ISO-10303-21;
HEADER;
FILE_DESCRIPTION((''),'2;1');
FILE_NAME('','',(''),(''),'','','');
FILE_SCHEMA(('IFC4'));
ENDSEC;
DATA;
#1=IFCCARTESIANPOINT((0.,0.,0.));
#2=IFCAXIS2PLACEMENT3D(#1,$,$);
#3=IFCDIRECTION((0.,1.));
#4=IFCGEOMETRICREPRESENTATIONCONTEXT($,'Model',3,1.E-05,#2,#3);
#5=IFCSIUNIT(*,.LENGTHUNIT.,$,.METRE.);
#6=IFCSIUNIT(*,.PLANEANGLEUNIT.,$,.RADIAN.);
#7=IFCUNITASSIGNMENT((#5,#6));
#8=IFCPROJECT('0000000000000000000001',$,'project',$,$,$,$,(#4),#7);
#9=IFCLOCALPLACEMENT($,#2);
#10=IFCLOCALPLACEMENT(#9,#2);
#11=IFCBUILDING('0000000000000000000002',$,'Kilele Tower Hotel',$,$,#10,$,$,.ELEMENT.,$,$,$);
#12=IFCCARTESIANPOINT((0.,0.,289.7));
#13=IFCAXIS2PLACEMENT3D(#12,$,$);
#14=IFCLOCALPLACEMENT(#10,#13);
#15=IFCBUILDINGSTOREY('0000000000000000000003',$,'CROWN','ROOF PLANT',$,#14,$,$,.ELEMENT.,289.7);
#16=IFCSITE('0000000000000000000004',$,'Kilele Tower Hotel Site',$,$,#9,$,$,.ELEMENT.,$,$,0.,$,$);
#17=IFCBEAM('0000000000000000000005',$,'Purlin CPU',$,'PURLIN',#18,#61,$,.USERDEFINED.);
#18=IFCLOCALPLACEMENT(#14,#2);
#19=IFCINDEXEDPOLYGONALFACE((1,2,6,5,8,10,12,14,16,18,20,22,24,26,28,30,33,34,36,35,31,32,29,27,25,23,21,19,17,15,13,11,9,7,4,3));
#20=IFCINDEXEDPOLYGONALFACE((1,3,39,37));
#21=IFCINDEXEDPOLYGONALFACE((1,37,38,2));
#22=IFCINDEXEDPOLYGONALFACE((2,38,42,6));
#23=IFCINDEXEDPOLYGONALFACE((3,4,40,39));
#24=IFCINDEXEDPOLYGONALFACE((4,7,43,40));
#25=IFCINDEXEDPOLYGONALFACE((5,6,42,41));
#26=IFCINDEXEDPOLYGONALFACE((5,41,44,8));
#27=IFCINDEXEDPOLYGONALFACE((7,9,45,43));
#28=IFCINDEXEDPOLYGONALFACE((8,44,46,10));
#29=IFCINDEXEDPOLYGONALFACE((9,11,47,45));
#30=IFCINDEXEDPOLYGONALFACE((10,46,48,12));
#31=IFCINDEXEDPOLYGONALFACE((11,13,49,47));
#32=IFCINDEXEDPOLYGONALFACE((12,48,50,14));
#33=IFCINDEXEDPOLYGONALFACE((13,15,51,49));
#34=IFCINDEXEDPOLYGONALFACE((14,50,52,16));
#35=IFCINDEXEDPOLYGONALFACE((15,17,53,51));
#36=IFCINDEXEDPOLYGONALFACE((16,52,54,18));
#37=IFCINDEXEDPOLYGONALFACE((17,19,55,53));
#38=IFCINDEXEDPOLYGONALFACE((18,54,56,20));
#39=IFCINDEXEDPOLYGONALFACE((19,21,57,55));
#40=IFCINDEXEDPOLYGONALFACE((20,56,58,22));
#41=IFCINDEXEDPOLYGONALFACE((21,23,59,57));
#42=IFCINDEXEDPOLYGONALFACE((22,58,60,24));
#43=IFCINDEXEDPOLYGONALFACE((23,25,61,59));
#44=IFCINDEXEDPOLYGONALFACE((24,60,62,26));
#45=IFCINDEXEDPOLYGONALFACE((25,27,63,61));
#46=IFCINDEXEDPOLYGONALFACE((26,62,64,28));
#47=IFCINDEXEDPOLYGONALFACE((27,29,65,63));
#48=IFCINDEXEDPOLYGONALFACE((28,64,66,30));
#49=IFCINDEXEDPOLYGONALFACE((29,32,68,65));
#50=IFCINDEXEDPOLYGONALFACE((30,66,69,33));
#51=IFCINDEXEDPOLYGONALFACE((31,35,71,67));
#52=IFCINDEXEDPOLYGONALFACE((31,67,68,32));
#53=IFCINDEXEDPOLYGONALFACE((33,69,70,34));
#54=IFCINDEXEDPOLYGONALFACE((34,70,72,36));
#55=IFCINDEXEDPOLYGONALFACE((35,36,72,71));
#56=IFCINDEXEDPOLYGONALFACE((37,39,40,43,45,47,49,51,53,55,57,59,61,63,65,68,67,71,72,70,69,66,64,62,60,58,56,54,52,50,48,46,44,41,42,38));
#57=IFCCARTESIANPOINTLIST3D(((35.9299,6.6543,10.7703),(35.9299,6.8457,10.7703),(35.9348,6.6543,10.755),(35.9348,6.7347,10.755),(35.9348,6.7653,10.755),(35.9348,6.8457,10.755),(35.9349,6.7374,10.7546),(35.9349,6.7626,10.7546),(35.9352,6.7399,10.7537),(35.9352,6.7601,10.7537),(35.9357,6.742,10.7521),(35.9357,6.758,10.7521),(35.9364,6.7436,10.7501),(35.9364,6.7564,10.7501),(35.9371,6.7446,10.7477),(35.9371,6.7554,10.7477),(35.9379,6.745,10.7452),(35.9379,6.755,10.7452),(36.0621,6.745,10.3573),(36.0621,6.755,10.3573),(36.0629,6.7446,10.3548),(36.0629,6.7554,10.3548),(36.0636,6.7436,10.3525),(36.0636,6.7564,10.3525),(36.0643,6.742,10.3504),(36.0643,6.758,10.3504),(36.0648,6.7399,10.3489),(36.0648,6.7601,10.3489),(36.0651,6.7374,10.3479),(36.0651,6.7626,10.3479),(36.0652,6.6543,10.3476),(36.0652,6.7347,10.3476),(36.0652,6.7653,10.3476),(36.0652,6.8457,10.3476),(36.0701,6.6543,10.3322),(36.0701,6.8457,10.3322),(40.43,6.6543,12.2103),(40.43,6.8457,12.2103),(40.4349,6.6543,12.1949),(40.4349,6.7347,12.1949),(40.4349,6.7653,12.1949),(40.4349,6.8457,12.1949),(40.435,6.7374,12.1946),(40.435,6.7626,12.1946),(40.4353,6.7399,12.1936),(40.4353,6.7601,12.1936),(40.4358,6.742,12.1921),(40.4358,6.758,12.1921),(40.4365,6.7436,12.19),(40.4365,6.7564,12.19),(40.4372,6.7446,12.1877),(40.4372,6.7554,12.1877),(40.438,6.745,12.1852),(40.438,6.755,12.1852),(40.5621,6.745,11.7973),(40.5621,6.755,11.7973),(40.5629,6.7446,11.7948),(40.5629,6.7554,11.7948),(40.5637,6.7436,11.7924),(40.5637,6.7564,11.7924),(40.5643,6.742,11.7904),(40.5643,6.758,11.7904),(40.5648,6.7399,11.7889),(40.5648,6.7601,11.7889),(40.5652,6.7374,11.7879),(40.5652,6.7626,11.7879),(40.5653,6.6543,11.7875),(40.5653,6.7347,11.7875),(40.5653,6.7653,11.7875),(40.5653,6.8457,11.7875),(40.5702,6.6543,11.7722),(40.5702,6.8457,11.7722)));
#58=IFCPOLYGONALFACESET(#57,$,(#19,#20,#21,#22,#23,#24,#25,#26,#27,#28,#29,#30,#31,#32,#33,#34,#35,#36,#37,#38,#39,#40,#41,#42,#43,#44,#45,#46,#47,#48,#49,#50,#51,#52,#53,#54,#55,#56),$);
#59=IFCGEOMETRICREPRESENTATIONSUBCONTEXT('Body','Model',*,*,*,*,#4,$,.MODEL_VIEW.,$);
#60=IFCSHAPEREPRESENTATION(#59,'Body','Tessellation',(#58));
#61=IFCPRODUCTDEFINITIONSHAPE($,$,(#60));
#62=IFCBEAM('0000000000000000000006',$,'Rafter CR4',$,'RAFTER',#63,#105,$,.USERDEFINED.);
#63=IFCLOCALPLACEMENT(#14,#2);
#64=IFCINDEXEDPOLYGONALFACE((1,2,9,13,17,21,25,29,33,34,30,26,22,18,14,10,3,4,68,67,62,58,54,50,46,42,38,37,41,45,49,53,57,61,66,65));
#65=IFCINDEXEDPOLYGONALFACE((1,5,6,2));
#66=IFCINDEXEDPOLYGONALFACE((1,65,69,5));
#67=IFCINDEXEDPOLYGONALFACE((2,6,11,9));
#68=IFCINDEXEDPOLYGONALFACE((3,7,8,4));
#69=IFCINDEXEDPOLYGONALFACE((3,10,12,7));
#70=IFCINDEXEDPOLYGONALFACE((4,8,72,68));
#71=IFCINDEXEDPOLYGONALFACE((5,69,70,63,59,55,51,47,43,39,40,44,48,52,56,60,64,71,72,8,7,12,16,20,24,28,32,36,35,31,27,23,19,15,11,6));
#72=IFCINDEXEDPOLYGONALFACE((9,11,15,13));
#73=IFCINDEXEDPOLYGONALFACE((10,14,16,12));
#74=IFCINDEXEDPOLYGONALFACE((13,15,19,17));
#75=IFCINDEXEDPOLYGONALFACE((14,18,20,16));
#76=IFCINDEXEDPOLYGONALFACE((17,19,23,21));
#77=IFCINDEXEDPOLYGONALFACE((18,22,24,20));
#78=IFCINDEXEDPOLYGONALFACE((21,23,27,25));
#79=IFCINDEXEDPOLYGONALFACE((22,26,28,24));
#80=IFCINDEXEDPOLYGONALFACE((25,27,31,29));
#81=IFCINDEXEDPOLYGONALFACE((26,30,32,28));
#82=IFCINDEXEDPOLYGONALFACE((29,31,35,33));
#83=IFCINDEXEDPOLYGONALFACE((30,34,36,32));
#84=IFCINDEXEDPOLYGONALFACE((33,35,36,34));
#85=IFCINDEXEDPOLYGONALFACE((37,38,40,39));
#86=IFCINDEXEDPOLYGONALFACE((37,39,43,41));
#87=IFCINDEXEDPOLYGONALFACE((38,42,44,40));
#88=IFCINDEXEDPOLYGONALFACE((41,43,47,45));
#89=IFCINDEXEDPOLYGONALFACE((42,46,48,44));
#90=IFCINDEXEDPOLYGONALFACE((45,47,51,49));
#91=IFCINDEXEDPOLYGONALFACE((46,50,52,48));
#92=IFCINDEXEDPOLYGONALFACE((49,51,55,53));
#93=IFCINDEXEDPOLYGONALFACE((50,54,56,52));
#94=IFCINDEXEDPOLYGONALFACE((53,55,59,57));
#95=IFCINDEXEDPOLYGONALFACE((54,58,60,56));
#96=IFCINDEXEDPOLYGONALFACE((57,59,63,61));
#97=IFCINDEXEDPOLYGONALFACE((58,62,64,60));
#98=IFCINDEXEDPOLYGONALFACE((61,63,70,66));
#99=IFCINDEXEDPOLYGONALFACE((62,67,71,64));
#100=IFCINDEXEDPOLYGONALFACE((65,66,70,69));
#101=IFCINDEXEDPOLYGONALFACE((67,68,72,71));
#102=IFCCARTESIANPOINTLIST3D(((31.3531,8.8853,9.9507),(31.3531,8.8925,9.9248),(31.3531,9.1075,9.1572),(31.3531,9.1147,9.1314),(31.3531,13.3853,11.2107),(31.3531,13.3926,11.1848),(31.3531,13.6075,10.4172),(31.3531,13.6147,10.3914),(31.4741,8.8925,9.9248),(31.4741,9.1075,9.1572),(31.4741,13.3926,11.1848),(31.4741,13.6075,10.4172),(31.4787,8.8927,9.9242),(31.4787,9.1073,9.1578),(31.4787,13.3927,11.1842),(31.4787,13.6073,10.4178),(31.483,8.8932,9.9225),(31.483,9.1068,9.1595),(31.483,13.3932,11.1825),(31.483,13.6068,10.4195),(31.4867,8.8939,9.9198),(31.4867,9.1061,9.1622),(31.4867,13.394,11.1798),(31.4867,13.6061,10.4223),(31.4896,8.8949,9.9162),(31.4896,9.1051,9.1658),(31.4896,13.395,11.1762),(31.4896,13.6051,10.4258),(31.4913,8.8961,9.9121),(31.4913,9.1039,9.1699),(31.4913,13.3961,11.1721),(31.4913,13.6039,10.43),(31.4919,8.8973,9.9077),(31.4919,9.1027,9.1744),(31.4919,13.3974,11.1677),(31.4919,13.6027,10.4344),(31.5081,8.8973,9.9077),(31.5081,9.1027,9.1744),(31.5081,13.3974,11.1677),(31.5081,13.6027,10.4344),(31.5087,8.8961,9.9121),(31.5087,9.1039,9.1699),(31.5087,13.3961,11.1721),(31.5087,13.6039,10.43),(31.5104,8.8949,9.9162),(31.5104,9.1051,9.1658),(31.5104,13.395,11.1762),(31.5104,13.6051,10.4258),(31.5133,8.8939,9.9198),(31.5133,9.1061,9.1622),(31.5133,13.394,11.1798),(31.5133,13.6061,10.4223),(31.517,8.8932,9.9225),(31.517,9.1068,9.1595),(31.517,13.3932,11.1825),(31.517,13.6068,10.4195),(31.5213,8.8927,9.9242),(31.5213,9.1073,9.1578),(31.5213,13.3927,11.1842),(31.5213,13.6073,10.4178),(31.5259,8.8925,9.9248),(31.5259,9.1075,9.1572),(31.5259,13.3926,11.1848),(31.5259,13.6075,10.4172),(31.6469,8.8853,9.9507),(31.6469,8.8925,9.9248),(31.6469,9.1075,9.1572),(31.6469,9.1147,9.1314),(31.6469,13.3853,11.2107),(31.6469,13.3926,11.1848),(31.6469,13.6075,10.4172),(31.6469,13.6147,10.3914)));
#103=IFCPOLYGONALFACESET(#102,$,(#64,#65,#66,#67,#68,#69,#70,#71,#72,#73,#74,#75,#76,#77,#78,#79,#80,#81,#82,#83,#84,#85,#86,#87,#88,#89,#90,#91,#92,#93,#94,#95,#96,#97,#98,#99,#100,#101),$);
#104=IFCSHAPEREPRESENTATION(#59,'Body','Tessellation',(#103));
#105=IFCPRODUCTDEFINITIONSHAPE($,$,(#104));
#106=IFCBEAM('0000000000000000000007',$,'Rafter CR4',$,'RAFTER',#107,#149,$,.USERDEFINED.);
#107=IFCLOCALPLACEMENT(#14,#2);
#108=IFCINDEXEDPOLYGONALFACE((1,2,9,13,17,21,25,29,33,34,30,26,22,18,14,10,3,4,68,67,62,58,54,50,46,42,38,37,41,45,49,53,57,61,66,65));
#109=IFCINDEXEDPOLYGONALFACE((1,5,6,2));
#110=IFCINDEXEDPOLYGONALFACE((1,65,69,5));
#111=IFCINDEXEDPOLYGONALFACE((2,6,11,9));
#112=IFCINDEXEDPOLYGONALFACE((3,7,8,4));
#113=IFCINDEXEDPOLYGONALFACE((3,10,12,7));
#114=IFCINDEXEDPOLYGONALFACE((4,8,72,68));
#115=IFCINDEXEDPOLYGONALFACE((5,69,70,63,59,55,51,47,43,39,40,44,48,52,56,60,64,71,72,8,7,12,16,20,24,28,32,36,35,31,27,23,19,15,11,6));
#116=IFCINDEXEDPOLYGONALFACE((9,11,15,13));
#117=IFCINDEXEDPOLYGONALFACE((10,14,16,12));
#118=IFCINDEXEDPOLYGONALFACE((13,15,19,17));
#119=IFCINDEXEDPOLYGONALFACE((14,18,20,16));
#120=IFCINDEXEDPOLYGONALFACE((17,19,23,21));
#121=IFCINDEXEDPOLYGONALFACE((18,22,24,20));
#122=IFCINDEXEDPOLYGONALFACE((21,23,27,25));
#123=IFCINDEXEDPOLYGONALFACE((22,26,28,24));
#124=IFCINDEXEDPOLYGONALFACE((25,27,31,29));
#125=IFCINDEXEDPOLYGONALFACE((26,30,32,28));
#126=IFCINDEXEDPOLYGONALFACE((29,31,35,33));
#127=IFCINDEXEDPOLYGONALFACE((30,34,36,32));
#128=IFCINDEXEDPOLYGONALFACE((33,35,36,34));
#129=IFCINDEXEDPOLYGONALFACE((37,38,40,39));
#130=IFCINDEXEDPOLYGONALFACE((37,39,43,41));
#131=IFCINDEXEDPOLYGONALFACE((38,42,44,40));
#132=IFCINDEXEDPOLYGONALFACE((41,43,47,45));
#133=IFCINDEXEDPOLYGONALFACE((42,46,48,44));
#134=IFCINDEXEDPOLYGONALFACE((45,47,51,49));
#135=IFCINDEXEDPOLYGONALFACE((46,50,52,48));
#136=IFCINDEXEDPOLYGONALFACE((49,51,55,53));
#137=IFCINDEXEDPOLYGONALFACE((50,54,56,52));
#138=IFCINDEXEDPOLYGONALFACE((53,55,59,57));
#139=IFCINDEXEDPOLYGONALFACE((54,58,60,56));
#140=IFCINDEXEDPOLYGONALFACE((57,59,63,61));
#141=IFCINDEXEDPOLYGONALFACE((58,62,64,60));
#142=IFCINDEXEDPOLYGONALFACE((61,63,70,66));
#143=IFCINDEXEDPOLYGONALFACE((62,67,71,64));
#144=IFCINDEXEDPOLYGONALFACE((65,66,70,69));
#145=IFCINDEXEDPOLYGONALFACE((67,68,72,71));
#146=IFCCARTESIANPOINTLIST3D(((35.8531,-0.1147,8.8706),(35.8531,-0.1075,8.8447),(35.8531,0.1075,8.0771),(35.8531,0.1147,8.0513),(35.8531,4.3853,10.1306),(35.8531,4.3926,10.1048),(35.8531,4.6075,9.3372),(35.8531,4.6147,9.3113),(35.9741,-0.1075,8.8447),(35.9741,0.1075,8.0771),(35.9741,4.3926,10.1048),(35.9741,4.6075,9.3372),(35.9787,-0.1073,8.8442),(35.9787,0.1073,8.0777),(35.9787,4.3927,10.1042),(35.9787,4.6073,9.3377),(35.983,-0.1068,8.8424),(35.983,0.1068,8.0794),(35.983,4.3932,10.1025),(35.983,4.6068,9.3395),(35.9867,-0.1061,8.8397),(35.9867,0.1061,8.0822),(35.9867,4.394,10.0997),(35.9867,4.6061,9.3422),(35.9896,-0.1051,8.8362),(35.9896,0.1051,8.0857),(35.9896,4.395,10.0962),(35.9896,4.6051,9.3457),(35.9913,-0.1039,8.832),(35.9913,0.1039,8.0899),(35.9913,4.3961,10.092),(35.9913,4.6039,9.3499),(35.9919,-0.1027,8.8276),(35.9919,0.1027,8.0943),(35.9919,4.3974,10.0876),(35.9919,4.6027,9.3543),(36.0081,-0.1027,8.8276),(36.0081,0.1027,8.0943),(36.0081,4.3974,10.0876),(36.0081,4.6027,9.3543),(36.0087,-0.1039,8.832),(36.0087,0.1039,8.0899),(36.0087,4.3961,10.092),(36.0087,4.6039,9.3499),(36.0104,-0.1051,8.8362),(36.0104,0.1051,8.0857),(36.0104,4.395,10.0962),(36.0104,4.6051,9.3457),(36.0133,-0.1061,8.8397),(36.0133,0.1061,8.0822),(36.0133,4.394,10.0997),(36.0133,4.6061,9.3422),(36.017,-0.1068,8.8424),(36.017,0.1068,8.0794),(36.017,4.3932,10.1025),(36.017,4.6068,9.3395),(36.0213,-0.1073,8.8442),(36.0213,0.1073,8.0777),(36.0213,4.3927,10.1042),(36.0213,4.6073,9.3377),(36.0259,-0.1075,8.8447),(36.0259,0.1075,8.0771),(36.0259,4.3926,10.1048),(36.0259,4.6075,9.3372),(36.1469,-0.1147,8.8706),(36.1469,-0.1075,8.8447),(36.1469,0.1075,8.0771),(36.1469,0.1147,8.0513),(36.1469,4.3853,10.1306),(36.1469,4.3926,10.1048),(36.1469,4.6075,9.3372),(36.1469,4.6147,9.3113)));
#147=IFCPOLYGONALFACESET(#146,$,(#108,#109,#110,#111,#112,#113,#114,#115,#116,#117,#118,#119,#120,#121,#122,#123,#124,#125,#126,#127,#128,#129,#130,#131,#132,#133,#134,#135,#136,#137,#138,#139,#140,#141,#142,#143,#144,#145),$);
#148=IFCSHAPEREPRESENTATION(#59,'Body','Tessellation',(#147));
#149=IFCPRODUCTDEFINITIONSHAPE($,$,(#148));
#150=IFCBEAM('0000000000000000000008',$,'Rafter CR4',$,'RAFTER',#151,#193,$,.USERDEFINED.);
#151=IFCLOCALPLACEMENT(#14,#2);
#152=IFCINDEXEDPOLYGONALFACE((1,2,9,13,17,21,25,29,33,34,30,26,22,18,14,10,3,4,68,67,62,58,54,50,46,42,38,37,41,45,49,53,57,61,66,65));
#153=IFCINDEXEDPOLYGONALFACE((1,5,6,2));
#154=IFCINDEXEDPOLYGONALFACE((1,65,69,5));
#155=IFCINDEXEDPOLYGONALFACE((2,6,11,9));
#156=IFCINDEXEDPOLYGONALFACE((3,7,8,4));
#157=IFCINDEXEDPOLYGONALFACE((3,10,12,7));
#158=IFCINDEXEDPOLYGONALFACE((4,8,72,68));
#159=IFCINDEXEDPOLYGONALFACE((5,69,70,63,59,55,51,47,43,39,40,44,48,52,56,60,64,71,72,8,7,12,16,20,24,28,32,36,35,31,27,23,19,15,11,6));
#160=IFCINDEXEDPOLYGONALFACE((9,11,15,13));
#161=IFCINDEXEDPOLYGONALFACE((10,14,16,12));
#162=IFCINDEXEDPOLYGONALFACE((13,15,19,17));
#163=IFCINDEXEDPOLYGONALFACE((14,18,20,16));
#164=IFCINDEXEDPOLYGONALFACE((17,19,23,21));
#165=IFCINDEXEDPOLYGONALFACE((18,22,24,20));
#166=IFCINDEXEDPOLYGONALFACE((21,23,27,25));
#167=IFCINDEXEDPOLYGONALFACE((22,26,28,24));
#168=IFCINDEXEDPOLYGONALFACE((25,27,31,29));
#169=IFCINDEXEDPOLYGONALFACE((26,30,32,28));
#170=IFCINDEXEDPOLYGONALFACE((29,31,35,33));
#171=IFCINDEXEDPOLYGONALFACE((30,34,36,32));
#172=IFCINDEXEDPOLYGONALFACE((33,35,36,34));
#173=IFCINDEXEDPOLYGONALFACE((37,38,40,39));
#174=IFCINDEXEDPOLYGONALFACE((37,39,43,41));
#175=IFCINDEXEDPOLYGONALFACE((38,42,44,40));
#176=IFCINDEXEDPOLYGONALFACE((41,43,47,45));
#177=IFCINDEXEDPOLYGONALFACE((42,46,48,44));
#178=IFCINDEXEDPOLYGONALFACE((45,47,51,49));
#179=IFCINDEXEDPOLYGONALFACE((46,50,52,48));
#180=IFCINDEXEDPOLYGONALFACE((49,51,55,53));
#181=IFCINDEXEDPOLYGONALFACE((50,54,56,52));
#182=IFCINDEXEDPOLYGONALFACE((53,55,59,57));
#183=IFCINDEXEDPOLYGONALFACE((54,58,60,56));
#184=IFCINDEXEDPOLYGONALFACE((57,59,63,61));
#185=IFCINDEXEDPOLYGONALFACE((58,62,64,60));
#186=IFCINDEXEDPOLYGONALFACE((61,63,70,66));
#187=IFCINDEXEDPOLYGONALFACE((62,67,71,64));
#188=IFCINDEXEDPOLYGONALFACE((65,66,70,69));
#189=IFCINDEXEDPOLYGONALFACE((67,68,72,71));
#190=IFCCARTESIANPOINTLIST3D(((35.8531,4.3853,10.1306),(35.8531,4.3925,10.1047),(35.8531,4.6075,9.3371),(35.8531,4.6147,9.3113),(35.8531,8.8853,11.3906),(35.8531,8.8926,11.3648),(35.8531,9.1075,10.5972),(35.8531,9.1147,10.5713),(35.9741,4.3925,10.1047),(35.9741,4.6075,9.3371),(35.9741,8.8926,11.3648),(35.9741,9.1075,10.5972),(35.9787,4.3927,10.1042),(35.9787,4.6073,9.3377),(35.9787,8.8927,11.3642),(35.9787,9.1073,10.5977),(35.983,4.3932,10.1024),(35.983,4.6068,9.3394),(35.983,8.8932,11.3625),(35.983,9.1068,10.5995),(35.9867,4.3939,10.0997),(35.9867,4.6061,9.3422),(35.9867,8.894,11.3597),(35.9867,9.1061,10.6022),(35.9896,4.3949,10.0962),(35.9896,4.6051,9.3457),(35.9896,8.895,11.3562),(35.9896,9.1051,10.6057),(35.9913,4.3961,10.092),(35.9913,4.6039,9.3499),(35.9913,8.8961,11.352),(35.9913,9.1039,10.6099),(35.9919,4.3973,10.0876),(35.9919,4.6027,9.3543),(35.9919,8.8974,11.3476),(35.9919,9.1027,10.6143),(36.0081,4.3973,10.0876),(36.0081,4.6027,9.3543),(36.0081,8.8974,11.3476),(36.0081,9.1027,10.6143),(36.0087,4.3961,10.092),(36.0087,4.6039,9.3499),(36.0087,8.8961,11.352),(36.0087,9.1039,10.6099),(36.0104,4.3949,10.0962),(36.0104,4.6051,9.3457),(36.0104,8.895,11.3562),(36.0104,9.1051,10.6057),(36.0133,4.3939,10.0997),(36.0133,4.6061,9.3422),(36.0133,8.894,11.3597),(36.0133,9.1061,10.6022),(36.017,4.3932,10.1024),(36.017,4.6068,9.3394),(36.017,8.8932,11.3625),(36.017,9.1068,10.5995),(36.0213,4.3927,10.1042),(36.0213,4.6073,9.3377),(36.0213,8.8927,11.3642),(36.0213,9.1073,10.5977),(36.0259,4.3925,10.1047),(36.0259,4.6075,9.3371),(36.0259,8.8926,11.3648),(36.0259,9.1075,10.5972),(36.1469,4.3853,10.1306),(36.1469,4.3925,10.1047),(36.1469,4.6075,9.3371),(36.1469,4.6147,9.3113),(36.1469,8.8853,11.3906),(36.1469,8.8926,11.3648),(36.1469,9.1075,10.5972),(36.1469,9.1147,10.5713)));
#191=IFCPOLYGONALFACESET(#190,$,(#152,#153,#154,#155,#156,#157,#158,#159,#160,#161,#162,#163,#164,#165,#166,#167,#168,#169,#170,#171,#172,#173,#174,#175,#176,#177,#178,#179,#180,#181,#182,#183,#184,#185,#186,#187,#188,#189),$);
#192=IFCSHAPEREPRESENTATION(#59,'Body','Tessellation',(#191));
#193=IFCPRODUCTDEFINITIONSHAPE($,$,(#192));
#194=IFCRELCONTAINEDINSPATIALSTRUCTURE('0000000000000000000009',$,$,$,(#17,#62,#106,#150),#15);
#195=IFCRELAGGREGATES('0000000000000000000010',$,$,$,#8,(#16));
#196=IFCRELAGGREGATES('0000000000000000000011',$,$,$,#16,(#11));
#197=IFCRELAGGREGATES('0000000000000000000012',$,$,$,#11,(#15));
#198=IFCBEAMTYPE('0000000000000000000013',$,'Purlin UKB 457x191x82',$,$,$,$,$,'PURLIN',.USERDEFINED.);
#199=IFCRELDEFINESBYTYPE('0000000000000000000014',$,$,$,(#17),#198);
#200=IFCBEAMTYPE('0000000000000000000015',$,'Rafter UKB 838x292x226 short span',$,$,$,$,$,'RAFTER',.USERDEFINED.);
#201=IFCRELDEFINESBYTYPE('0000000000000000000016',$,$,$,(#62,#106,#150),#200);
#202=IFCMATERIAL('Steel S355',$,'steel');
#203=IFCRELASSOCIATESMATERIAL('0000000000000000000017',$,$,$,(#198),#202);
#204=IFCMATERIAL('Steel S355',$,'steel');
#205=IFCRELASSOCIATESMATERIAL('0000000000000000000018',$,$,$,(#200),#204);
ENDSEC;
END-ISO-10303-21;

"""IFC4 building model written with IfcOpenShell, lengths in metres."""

from ifc_helpers import new_model, si_unit, direction, frame, origin, origin_2d, place, context, subcontext, project, spatial, i_section, extrude, material, material_profile, profile_set, type_object, element, save


model = new_model("IFC4")

# Units and contexts
model_context = context("Model", 3, precision=1e-05, world=origin(), true_north=direction((0.0, 1.0)))
body_context = subcontext(model_context, "Body", "Model", "MODEL_VIEW")
ifc_project = project(units=[si_unit("LENGTHUNIT", "METRE"), si_unit("PLANEANGLEUNIT", "RADIAN")], contexts=[model_context])

# Site, building, storey
site_placement = place(None, origin())
site = spatial("IfcSite", under=ifc_project, at=site_placement, Name="Kilele Tower Hotel Site", CompositionType="ELEMENT", RefElevation=0.0)
building_placement = place(site_placement, origin())
building = spatial("IfcBuilding", under=site, at=building_placement, Name="Kilele Tower Hotel", CompositionType="ELEMENT")
storey_placement = place(building_placement, frame((0.0, 0.0, 289.7)))
storey = spatial("IfcBuildingStorey", under=building, at=storey_placement, Name="CROWN", Description="ROOF PLANT", CompositionType="ELEMENT", Elevation=289.7)

# Beams
ifc_material_1 = material(Name="Steel S355", Category="steel")
ifc_material_profile_1 = material_profile(ifc_material_1, i_section(OverallWidth=0.1914, OverallDepth=0.46, WebThickness=0.01, FlangeThickness=0.0161, FilletRadius=0.0103, at=origin_2d()))
ifc_profile_set_1 = profile_set([ifc_material_profile_1], Name="Steel S355")
beam_type_1 = type_object("IfcBeamType", Name="Purlin UKB 457x191x82", ElementType="PURLIN", PredefinedType="USERDEFINED", material=ifc_profile_set_1)
beam_placement = place(storey_placement, frame((36.0, 6.75, 10.5513), z_axis=(0.952428, 0.0, 0.304764), x_axis=(0.0, 1.0, 0.0)))
element("IfcBeam", 1, at=beam_placement, inside=storey, type_object=beam_type_1, Name="Purlin CPU", ObjectType="PURLIN", PredefinedType="USERDEFINED", context=body_context, shape_type="SweptSolid", body=[
    extrude(i_section(OverallWidth=0.1914, OverallDepth=0.46, WebThickness=0.01, FlangeThickness=0.0161, FilletRadius=0.0103, at=origin_2d()), origin(), (0.0, 0.0, 1.0), 4.7249),
])
ifc_material_2 = material(Name="Steel S355", Category="steel")
ifc_material_profile_2 = material_profile(ifc_material_2, i_section(OverallWidth=0.2937, OverallDepth=0.8508, WebThickness=0.0161, FlangeThickness=0.0269, FilletRadius=0.0178, at=origin_2d()))
ifc_profile_set_2 = profile_set([ifc_material_profile_2], Name="Steel S355")
beam_type_2 = type_object("IfcBeamType", Name="Rafter UKB 838x292x226 short span", ElementType="RAFTER", PredefinedType="USERDEFINED", material=ifc_profile_set_2)
for number, where, z_axis, x_axis, name in (
    (2, (31.5, 9.0, 9.541), (0.0, 0.962963, 0.269632), (-1.0, 0.0, 0.0), "Rafter CR4"),
    (3, (36.0, 0.0, 8.4609), (0.0, 0.962963, 0.269632), (-1.0, 0.0, 0.0), "Rafter CR4"),
    (4, (36.0, 4.5, 9.7209), (0.0, 0.962963, 0.269632), (-1.0, 0.0, 0.0), "Rafter CR4"),
):
    element("IfcBeam", number, at=place(storey_placement, frame(where, z_axis=z_axis, x_axis=x_axis)), inside=storey, type_object=beam_type_2, Name=name, ObjectType="RAFTER", PredefinedType="USERDEFINED", context=body_context, shape_type="SweptSolid", body=[
        extrude(i_section(OverallWidth=0.2937, OverallDepth=0.8508, WebThickness=0.0161, FlangeThickness=0.0269, FilletRadius=0.0178, at=origin_2d()), origin(), (0.0, 0.0, 1.0), 4.6731),
    ])

save(model, "model.ifc")
